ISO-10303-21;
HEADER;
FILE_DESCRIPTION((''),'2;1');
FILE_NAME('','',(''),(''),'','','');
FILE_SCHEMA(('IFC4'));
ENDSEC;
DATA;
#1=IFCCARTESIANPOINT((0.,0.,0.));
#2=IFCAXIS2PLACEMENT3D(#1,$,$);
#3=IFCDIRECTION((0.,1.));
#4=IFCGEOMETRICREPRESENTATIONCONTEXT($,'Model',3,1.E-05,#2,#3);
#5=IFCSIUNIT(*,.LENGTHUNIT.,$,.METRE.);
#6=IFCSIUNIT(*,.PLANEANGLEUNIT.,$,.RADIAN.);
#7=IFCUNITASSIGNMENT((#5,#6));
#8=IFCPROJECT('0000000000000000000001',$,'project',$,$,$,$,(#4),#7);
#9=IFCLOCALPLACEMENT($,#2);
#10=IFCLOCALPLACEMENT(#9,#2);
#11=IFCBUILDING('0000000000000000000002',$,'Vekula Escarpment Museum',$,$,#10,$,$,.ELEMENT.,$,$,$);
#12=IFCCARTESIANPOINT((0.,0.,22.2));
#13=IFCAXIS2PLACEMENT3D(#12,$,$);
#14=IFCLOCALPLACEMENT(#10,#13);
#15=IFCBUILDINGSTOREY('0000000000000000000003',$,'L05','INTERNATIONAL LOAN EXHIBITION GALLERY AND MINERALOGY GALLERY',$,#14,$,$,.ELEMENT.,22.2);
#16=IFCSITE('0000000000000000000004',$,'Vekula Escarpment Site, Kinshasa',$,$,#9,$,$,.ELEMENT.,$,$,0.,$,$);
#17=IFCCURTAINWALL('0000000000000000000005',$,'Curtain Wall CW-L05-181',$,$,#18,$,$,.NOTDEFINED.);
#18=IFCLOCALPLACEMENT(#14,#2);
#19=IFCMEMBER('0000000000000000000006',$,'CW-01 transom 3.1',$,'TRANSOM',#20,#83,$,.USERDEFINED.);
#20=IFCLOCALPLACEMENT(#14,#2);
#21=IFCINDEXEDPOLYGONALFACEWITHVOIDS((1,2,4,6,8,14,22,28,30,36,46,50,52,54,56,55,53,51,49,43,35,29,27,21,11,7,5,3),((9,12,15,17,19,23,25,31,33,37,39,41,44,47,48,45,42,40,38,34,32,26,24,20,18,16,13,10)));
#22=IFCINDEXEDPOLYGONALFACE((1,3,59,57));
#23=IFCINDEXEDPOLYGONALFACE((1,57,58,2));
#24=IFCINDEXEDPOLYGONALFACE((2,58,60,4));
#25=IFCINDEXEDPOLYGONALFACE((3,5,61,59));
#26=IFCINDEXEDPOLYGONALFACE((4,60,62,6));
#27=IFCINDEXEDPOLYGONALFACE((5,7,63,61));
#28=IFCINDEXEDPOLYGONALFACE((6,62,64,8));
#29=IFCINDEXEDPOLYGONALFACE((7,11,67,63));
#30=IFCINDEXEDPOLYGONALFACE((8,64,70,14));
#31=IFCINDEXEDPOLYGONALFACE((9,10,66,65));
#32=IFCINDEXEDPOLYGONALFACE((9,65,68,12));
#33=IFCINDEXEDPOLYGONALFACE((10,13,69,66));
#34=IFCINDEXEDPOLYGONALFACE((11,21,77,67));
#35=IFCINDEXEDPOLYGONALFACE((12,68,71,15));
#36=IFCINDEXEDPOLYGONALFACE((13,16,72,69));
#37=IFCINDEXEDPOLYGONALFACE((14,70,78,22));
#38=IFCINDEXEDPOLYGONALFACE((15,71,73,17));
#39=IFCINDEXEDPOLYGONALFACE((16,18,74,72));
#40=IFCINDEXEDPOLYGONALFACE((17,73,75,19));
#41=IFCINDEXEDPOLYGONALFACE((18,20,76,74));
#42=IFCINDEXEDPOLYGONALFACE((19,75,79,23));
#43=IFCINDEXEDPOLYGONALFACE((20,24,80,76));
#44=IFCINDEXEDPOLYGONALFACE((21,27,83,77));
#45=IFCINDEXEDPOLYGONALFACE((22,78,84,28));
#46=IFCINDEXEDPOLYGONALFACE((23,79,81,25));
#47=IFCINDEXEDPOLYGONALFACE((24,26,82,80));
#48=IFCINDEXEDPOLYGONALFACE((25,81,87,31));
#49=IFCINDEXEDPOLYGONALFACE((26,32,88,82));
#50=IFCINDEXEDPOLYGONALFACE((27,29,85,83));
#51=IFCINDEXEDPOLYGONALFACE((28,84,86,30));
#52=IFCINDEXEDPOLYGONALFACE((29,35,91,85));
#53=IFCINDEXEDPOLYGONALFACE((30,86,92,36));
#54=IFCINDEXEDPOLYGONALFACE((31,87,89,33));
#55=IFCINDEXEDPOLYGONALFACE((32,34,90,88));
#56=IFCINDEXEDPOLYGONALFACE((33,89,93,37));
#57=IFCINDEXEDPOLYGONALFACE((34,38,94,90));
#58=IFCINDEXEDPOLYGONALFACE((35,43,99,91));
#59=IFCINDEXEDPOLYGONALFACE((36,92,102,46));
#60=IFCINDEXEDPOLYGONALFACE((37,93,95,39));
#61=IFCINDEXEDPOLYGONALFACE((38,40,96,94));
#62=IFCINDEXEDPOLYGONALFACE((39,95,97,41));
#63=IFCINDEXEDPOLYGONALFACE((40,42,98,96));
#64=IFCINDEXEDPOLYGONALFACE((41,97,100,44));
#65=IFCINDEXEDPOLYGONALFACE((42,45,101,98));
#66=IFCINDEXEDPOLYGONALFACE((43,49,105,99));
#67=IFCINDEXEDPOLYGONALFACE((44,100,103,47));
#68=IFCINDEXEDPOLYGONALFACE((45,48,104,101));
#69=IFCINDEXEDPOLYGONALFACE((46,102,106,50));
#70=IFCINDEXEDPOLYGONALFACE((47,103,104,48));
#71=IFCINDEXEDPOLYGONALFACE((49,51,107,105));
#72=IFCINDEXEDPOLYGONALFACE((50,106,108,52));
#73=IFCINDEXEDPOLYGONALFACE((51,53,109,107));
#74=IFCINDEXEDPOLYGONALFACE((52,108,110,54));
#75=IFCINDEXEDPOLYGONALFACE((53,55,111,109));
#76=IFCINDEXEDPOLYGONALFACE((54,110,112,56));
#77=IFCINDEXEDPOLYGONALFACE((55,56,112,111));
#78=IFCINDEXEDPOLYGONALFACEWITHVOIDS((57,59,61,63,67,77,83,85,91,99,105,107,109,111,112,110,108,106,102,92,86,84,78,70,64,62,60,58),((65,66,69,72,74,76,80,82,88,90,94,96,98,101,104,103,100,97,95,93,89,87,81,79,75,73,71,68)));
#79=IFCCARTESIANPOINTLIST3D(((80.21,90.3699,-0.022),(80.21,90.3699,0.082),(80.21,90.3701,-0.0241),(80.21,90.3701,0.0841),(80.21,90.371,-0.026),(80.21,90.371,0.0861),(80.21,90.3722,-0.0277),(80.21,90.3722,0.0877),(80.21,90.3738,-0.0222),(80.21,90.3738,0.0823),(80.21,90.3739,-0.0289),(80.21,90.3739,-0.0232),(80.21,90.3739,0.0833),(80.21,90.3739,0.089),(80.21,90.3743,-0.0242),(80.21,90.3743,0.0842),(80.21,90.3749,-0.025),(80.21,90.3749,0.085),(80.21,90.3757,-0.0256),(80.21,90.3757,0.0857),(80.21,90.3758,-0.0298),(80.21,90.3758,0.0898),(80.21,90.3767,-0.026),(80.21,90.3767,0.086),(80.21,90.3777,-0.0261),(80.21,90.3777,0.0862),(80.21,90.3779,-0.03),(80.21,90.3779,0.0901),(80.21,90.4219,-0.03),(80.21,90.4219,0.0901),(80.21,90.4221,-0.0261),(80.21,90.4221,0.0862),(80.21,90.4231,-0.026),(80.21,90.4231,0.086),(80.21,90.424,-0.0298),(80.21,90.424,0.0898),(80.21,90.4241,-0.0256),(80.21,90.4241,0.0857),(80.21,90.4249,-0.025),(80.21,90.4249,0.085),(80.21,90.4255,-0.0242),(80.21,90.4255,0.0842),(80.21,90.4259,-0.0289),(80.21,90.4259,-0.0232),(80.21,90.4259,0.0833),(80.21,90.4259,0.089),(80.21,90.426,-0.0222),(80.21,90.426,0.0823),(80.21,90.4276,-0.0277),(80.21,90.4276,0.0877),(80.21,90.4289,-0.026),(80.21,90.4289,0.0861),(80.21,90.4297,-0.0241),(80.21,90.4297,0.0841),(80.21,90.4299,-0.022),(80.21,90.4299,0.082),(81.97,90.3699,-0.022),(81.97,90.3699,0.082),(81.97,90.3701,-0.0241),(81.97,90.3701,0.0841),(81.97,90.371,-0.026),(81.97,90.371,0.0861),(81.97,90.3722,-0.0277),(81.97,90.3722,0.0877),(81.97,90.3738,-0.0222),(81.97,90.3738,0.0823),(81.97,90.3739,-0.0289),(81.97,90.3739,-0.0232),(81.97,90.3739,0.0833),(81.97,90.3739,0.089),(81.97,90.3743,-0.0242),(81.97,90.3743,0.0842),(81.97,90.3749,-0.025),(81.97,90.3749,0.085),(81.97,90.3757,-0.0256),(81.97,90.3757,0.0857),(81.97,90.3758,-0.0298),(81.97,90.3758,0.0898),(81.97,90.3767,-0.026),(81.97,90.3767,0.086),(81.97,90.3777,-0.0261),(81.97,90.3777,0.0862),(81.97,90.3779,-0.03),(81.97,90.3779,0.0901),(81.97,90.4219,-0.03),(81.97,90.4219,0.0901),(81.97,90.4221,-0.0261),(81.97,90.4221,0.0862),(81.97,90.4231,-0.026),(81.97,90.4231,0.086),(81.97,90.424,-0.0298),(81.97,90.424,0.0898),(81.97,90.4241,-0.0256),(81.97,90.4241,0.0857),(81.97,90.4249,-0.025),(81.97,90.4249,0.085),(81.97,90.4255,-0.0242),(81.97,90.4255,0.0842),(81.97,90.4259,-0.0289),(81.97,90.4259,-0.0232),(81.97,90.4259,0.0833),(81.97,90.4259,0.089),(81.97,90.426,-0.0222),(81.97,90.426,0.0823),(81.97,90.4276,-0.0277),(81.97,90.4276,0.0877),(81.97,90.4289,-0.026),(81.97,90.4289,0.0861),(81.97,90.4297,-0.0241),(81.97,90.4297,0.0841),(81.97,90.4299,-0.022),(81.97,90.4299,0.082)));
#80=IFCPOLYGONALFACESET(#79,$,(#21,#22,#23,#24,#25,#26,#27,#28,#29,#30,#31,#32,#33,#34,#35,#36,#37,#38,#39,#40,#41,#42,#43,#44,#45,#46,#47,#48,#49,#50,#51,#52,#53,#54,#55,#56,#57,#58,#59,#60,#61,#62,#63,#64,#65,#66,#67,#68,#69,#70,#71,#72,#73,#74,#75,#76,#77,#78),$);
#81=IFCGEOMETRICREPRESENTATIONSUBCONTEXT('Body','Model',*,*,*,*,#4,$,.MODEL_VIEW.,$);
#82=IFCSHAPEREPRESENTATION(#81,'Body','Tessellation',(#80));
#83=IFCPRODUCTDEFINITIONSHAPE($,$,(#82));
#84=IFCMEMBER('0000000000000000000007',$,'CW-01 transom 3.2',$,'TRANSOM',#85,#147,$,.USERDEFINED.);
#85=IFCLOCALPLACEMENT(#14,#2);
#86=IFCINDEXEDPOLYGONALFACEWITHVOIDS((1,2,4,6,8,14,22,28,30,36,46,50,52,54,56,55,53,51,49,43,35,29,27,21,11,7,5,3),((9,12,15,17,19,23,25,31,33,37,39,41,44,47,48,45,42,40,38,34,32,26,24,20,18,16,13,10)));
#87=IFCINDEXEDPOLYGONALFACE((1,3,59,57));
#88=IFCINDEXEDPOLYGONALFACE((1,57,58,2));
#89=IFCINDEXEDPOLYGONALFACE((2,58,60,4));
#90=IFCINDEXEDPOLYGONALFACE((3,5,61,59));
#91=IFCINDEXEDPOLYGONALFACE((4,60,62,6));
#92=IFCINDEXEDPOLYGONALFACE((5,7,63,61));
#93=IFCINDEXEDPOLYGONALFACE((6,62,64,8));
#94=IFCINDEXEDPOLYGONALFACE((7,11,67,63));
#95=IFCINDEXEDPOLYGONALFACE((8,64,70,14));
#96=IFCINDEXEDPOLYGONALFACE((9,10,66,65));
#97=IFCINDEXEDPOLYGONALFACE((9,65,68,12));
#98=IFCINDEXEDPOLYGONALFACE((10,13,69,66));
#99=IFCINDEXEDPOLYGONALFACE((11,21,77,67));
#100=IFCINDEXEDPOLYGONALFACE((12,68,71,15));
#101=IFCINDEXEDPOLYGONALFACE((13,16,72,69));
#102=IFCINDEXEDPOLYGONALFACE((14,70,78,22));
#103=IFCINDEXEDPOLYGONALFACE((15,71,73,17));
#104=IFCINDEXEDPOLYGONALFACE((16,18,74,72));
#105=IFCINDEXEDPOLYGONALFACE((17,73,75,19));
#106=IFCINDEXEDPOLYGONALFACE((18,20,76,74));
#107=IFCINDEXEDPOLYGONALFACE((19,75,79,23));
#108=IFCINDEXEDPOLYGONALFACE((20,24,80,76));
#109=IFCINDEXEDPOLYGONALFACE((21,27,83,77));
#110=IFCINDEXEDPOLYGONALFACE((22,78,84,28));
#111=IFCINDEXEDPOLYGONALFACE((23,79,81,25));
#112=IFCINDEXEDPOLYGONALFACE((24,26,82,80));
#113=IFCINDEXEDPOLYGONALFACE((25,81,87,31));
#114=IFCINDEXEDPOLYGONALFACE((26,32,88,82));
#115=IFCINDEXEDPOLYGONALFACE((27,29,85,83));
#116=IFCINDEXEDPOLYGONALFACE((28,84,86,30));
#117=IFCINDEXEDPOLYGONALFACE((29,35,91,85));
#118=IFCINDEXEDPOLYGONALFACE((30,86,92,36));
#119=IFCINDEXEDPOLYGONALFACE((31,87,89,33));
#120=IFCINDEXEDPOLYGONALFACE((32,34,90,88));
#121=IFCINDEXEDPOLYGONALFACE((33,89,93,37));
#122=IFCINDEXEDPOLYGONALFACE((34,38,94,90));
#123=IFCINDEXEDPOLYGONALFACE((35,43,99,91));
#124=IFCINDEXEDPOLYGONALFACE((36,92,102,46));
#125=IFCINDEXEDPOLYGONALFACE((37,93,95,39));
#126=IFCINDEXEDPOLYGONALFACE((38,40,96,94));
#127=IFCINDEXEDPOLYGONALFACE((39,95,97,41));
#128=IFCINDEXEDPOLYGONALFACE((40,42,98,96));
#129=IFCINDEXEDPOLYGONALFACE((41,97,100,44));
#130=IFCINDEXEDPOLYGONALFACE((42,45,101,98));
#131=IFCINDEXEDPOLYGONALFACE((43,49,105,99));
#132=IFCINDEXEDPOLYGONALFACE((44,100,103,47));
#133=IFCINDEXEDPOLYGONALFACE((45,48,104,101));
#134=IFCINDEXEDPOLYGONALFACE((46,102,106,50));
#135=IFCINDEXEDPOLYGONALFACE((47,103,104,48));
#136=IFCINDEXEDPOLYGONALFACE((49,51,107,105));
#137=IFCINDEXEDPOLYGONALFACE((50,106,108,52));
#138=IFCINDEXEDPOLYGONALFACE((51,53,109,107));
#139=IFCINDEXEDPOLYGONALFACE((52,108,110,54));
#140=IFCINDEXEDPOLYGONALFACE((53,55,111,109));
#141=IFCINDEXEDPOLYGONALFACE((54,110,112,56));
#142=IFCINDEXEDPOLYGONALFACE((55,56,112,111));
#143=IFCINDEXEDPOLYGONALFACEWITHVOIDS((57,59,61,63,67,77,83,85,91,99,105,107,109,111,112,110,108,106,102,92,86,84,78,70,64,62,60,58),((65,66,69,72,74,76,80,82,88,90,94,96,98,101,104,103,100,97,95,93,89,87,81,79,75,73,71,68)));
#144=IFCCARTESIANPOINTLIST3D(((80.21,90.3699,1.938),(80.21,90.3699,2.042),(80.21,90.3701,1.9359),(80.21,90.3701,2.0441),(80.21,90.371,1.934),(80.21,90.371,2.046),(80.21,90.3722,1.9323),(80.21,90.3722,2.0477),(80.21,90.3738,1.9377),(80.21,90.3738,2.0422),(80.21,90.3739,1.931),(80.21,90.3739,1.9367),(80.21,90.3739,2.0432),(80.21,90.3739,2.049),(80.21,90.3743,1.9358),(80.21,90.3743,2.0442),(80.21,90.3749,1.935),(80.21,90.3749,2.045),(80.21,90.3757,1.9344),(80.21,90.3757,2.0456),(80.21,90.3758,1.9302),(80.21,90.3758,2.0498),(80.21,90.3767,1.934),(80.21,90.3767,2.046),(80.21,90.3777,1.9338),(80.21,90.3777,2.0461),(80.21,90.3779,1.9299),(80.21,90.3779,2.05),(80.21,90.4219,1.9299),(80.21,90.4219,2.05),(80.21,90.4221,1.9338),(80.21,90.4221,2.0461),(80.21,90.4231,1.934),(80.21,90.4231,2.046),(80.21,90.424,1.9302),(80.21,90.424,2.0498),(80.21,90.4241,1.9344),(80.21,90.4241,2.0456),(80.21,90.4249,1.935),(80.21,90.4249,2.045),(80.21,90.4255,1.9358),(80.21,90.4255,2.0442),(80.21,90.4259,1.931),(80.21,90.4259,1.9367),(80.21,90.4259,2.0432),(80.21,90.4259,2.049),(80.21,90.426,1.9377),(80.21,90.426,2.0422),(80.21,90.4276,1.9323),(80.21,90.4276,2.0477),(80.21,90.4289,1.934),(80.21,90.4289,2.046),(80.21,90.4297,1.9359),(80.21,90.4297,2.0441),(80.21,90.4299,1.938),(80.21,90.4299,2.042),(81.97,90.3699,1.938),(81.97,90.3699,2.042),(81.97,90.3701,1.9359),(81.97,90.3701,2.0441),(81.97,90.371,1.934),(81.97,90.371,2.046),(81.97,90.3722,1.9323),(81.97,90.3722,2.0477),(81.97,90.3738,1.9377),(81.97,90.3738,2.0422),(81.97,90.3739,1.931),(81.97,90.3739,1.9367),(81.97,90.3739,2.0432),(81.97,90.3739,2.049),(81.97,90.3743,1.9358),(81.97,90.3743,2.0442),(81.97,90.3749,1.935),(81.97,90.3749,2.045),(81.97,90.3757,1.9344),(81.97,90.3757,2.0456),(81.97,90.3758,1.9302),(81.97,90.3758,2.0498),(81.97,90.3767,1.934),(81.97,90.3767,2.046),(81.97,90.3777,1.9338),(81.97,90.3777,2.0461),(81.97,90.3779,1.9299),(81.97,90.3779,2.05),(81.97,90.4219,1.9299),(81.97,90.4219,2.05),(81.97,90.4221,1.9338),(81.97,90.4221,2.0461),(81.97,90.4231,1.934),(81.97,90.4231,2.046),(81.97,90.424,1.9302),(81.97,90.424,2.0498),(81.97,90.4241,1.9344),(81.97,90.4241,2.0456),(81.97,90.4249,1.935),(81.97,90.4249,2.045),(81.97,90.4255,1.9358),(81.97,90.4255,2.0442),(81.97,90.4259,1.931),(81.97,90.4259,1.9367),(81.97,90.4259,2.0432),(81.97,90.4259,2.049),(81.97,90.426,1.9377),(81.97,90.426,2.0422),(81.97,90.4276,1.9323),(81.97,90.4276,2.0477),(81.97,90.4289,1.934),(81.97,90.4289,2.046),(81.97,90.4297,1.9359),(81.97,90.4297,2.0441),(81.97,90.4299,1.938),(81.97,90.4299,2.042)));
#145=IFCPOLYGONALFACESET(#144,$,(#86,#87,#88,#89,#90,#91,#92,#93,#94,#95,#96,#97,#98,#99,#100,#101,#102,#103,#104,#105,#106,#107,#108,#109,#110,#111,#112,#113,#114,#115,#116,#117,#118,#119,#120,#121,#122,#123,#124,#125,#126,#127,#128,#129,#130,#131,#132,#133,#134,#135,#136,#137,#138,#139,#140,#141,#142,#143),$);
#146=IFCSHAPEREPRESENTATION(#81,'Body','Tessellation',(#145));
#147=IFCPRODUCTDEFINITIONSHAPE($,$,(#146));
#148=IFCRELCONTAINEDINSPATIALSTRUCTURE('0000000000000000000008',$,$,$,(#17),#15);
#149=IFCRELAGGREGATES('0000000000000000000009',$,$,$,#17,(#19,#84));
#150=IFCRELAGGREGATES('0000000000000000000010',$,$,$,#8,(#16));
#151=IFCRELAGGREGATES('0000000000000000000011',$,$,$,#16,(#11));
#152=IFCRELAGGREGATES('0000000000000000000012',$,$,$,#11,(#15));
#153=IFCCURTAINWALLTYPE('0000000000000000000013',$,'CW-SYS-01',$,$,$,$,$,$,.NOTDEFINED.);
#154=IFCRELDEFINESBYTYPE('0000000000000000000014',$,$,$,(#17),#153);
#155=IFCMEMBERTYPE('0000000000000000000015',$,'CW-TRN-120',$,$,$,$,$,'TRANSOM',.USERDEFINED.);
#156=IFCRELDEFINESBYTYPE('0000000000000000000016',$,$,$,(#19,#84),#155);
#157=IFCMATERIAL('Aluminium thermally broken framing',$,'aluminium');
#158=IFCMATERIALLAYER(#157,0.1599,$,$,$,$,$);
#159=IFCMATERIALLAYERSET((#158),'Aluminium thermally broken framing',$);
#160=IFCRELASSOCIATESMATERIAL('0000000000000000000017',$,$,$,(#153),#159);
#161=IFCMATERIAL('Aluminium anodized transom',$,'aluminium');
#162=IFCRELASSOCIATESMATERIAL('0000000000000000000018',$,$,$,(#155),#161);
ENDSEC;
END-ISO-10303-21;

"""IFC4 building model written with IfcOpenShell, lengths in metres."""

from ifc_helpers import new_model, si_unit, direction, frame, origin, origin_2d, place, context, subcontext, project, spatial, hollow_rectangle, extrude, material, layer, layer_set, material_profile, profile_set, type_object, element, aggregate, save


model = new_model("IFC4")

# Units and contexts
model_context = context("Model", 3, precision=1e-05, world=origin(), true_north=direction((0.0, 1.0)))
body_context = subcontext(model_context, "Body", "Model", "MODEL_VIEW")
ifc_project = project(units=[si_unit("LENGTHUNIT", "METRE"), si_unit("PLANEANGLEUNIT", "RADIAN")], contexts=[model_context])

# Site, building, storey
site_placement = place(None, origin())
site = spatial("IfcSite", under=ifc_project, at=site_placement, Name="Vekula Escarpment Site, Kinshasa", CompositionType="ELEMENT", RefElevation=0.0)
building_placement = place(site_placement, origin())
building = spatial("IfcBuilding", under=site, at=building_placement, Name="Vekula Escarpment Museum", CompositionType="ELEMENT")
storey_placement = place(building_placement, frame((0.0, 0.0, 22.2)))
storey = spatial("IfcBuildingStorey", under=building, at=storey_placement, Name="L05", Description="INTERNATIONAL LOAN EXHIBITION GALLERY AND MINERALOGY GALLERY", CompositionType="ELEMENT", Elevation=22.2)

# Curtain wall, members
ifc_material_1 = material(Name="Aluminium thermally broken framing", Category="aluminium")
ifc_layer_1 = layer(ifc_material_1, 0.1599)
ifc_layer_set_1 = layer_set([ifc_layer_1], Name="Aluminium thermally broken framing")
curtain_wall_type = type_object("IfcCurtainWallType", Name="CW-SYS-01", PredefinedType="NOTDEFINED", material=ifc_layer_set_1)
curtain_wall_placement = place(storey_placement, origin())
curtain_wall = element("IfcCurtainWall", 1, at=curtain_wall_placement, inside=storey, type_object=curtain_wall_type, Name="Curtain Wall CW-L05-181", PredefinedType="NOTDEFINED")
ifc_material_2 = material(Name="Aluminium anodized transom", Category="aluminium")
ifc_material_profile_1 = material_profile(ifc_material_2, hollow_rectangle(XDim=0.0601, YDim=0.1201, WallThickness=0.0039, InnerFilletRadius=0.0039, OuterFilletRadius=0.0081, at=origin_2d()), Name="ALU 120x60x4")
ifc_profile_set_1 = profile_set([ifc_material_profile_1], Name="Aluminium anodized transom")
member_type_1 = type_object("IfcMemberType", Name="CW-TRN-120", ElementType="TRANSOM", PredefinedType="USERDEFINED", material=ifc_profile_set_1)
member_1_placement = place(storey_placement, frame((81.97, 90.3999, 0.03), z_axis=(-1.0, 0.0, 0.0), x_axis=(0.0, -1.0, 0.0)))
member_1 = element("IfcMember", 2, at=member_1_placement, type_object=member_type_1, Name="CW-01 transom 3.1", ObjectType="TRANSOM", PredefinedType="USERDEFINED", context=body_context, shape_type="SweptSolid", body=[
    extrude(hollow_rectangle(XDim=0.0601, YDim=0.1201, WallThickness=0.0039, InnerFilletRadius=0.0039, OuterFilletRadius=0.0081, at=origin_2d()), origin(), (0.0, 0.0, 1.0), 1.76),
])
member_2_placement = place(storey_placement, frame((81.97, 90.3999, 1.99), z_axis=(-1.0, 0.0, 0.0), x_axis=(0.0, -1.0, 0.0)))
member_2 = element("IfcMember", 3, at=member_2_placement, type_object=member_type_1, Name="CW-01 transom 3.2", ObjectType="TRANSOM", PredefinedType="USERDEFINED", context=body_context, shape_type="SweptSolid", body=[
    extrude(hollow_rectangle(XDim=0.0601, YDim=0.1201, WallThickness=0.0039, InnerFilletRadius=0.0039, OuterFilletRadius=0.0081, at=origin_2d()), origin(), (0.0, 0.0, 1.0), 1.76),
])

aggregate(curtain_wall, [member_1, member_2])

save(model, "model.ifc")
